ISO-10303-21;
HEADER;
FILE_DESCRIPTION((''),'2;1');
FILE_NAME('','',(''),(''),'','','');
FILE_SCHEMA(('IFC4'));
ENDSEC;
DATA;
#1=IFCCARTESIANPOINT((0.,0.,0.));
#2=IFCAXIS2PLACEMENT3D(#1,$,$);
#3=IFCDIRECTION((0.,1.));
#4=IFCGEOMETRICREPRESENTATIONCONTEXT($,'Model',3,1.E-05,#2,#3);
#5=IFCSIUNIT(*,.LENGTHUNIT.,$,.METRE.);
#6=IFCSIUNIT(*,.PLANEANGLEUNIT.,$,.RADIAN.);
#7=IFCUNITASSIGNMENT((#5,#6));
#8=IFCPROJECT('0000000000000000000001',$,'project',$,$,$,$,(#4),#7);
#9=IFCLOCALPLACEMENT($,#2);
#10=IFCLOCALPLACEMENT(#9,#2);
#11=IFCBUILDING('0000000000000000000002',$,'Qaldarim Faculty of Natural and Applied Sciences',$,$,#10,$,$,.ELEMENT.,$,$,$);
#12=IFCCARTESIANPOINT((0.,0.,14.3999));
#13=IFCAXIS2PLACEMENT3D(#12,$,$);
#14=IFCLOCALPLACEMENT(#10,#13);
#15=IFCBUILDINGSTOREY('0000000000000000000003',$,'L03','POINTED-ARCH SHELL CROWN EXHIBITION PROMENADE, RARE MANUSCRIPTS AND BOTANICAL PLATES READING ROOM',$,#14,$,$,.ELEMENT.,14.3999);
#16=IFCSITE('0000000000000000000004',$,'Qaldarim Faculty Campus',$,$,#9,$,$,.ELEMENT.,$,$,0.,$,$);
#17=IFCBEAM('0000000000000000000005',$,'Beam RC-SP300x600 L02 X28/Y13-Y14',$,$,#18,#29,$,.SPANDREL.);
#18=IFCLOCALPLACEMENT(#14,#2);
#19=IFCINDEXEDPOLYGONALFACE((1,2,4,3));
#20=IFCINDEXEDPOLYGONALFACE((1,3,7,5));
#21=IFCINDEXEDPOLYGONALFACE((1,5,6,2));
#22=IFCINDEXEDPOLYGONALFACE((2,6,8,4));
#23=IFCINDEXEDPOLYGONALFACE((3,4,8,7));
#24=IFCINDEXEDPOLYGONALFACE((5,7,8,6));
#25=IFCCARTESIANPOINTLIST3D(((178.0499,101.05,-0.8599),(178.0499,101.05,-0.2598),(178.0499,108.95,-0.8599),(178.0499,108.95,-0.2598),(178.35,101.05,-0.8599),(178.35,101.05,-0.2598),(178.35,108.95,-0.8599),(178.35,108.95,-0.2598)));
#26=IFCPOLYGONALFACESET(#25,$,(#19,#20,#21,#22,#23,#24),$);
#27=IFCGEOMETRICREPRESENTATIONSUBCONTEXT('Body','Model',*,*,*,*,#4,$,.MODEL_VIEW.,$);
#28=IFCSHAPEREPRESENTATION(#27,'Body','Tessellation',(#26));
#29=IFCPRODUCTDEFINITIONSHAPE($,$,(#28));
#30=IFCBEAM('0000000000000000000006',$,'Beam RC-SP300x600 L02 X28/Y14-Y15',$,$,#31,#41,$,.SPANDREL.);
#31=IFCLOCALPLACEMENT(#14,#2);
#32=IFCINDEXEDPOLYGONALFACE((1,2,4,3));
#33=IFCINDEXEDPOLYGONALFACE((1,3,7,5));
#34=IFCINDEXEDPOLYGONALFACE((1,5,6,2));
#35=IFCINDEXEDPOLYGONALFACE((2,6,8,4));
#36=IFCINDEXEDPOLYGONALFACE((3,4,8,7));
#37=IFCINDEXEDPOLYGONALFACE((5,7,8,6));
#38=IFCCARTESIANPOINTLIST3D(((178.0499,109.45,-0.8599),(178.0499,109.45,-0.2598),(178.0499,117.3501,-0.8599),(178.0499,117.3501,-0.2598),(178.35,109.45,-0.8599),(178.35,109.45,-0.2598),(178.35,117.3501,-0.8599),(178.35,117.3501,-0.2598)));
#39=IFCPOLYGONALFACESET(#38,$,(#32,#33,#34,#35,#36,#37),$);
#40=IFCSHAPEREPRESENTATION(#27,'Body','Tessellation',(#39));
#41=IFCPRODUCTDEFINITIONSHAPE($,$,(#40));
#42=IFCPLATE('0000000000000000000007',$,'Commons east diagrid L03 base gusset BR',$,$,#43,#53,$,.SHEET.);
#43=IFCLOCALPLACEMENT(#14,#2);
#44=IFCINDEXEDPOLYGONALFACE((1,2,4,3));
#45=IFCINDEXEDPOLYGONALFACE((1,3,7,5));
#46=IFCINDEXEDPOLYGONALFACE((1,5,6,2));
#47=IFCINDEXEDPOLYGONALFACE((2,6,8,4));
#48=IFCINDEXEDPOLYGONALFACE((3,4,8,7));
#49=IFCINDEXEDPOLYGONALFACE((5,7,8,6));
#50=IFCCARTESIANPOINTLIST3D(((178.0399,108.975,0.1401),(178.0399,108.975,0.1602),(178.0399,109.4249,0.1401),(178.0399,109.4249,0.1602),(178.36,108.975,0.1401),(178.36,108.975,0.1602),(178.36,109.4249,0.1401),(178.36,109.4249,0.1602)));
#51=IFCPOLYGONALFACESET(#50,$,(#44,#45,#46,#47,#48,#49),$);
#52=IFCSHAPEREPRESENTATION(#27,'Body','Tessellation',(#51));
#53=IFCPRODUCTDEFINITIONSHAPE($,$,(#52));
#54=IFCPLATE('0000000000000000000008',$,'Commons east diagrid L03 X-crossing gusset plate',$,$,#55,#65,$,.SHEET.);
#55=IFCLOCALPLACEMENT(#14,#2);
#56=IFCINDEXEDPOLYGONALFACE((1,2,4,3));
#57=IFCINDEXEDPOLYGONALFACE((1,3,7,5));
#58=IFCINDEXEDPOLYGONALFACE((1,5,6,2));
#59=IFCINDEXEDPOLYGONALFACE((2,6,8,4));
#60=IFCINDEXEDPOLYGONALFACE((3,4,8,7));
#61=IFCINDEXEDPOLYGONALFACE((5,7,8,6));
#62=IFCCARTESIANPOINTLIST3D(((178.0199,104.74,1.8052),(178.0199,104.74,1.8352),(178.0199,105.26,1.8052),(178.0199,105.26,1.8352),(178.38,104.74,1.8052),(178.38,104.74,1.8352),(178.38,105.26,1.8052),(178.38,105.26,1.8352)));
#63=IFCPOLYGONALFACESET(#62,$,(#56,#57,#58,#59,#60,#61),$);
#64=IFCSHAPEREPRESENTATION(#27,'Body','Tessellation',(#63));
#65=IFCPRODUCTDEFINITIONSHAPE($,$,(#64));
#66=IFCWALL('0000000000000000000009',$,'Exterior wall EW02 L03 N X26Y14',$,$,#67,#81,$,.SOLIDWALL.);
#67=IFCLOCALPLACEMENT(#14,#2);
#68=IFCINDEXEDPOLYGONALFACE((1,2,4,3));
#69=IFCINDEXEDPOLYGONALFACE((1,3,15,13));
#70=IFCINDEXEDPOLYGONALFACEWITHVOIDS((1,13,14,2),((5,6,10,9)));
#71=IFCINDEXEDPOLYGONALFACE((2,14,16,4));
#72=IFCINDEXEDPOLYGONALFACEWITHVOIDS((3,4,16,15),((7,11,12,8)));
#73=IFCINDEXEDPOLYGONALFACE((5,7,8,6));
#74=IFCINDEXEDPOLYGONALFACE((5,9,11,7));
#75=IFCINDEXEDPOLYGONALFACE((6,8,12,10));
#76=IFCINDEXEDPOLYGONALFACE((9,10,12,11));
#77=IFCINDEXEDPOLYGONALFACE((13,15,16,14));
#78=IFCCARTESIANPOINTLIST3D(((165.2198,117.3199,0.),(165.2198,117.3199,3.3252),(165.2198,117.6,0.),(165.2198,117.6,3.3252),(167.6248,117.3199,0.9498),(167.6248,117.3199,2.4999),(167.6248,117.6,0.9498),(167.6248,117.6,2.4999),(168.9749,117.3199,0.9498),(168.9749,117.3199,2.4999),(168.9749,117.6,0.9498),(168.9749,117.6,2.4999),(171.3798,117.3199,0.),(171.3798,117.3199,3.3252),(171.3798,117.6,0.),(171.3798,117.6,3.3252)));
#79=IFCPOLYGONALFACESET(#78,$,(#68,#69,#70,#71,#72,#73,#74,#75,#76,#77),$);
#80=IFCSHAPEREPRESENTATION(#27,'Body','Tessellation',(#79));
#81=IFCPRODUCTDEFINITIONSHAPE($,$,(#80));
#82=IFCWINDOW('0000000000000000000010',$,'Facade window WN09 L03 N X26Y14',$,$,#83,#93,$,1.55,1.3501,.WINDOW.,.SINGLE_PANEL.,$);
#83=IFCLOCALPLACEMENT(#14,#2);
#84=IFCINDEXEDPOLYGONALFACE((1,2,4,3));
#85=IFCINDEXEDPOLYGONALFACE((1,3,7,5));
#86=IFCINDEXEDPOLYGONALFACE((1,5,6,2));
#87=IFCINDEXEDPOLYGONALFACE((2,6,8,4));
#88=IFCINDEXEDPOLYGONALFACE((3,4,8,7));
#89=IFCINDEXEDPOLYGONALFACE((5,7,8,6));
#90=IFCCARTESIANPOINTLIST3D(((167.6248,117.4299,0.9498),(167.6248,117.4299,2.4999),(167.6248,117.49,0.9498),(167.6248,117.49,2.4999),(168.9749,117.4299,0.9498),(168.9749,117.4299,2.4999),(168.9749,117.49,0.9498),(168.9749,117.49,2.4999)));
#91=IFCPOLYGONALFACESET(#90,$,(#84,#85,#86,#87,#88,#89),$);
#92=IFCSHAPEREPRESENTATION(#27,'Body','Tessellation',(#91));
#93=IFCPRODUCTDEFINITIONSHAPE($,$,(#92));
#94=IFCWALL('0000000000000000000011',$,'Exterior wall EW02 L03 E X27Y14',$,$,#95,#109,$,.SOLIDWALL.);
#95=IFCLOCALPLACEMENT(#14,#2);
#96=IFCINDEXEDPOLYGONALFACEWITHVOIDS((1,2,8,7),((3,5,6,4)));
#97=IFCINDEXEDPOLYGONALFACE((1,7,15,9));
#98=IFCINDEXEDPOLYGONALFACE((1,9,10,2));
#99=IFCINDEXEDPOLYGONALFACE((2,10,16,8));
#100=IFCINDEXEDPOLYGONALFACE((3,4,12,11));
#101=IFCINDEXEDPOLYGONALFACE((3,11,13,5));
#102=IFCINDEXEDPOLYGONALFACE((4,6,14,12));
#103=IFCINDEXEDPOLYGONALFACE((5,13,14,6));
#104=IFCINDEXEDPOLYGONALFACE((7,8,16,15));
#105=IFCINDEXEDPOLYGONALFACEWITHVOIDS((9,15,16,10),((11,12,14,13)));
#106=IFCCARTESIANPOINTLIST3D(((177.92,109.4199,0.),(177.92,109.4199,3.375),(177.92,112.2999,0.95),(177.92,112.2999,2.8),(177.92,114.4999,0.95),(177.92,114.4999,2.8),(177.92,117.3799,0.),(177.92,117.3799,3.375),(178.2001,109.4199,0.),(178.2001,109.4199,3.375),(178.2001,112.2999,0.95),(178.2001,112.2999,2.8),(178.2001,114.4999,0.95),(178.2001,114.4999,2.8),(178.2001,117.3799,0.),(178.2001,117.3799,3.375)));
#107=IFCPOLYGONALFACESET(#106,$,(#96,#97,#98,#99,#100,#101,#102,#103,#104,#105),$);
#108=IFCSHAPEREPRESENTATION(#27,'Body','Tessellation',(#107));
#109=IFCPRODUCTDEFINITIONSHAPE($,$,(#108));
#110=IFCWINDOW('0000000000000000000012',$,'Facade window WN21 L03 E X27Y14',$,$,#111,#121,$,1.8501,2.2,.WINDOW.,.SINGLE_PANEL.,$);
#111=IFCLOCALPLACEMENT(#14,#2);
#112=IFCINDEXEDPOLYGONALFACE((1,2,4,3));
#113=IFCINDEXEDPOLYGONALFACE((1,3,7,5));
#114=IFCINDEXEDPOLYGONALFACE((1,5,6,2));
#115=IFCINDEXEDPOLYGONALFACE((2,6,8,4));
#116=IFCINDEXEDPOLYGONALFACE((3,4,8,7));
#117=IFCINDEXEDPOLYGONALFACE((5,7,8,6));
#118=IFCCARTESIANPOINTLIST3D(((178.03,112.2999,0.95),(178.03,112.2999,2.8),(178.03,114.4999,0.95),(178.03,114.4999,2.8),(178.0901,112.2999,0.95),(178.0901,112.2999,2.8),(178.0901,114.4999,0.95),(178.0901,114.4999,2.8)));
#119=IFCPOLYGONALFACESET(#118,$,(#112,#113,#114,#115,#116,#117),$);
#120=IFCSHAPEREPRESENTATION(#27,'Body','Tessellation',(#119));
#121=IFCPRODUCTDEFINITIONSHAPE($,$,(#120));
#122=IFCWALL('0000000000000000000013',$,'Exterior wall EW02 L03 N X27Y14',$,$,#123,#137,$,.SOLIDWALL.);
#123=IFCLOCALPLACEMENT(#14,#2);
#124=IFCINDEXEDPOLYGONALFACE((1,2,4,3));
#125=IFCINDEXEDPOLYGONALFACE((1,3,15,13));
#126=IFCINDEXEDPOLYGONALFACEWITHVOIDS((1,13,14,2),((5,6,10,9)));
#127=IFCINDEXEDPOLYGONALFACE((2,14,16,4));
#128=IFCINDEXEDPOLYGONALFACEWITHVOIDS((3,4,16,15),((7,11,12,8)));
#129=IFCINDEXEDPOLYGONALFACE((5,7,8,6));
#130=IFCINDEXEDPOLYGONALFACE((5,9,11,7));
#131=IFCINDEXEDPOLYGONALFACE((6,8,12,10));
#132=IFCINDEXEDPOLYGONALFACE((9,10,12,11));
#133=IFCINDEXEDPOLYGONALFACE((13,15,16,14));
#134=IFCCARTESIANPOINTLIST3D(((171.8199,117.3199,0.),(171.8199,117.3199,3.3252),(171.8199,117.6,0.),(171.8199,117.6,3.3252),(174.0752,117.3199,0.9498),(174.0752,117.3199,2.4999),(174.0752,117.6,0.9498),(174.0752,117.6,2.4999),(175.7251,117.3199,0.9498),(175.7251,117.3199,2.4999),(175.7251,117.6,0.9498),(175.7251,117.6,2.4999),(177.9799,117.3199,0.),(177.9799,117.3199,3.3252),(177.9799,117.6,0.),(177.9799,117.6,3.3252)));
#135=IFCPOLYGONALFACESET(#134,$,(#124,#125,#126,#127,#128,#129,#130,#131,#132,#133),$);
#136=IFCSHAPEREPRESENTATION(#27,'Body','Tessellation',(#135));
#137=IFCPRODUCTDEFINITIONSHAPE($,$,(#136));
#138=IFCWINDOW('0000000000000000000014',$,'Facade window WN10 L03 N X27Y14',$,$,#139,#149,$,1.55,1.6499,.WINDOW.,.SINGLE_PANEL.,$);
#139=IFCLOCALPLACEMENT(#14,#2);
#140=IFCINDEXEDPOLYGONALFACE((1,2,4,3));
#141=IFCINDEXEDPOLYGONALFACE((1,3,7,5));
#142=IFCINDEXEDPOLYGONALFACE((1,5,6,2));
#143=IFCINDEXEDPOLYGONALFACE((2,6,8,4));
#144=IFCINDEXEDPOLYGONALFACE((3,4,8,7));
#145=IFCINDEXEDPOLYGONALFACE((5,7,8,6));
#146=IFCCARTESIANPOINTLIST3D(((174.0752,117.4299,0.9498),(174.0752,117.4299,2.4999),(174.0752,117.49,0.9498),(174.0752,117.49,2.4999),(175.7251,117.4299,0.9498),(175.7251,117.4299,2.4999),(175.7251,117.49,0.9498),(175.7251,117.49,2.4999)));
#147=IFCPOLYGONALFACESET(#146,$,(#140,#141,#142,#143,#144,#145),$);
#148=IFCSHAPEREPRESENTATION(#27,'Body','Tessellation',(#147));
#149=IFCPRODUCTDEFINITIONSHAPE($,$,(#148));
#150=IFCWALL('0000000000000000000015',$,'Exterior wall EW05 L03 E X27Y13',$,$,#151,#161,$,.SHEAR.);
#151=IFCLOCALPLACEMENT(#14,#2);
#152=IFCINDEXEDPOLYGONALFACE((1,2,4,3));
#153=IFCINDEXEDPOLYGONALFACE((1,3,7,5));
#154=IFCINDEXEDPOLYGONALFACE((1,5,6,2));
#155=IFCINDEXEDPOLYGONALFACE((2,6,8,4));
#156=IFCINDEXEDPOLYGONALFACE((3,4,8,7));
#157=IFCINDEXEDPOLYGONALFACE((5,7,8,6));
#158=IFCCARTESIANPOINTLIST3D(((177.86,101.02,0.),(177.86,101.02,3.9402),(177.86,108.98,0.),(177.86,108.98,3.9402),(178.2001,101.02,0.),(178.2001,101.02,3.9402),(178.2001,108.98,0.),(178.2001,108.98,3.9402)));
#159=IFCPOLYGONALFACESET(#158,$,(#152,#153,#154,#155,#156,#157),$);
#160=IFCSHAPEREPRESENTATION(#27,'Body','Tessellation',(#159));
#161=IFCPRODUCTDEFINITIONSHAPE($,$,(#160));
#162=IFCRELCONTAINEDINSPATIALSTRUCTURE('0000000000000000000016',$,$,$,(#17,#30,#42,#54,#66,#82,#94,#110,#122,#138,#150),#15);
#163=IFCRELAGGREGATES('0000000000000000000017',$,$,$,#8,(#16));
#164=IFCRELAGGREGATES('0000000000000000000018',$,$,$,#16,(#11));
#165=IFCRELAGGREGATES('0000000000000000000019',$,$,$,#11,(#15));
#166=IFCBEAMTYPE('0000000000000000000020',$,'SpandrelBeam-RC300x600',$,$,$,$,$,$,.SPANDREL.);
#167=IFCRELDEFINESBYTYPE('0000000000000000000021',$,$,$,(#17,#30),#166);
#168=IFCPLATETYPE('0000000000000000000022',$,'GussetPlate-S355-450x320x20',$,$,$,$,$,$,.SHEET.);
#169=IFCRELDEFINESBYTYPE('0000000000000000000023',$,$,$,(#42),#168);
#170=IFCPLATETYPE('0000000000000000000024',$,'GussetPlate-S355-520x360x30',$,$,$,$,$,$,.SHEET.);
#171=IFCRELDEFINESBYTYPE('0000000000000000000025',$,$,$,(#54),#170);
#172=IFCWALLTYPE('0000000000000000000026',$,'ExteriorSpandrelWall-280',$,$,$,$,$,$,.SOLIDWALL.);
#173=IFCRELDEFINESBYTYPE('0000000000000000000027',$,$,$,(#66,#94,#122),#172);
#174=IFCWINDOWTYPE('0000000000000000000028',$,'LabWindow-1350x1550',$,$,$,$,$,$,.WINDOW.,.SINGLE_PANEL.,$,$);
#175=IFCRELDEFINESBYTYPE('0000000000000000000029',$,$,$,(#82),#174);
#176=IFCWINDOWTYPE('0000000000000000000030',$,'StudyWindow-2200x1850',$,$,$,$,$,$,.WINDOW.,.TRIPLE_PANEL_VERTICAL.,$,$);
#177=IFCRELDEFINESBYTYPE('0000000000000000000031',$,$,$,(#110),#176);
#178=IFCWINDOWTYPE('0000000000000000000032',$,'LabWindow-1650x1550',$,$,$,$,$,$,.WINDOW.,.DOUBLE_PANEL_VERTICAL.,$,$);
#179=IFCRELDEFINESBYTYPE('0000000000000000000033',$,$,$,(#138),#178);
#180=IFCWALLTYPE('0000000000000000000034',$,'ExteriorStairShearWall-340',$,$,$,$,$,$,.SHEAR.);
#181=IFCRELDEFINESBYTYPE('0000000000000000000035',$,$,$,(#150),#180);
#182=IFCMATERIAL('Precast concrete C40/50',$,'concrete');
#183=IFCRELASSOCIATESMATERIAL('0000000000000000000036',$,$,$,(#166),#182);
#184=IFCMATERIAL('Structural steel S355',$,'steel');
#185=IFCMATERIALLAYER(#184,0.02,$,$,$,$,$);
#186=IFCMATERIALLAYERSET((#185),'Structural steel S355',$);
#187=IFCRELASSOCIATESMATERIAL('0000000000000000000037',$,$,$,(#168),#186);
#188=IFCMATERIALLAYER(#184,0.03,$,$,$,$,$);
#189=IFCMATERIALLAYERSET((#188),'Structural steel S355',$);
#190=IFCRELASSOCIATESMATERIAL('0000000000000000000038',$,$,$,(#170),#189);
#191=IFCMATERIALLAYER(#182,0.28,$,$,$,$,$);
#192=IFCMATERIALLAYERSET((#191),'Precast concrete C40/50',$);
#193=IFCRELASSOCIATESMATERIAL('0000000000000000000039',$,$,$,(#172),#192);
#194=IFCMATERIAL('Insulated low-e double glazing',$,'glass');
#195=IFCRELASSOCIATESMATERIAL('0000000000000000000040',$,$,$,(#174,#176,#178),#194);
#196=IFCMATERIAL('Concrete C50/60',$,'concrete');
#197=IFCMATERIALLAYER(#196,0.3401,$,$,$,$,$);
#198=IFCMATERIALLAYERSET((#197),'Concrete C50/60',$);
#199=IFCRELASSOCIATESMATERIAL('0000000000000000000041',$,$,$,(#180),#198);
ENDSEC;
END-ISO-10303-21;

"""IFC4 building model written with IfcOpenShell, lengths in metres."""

from ifc_helpers import new_model, si_unit, direction, frame, frame_2d, origin, origin_2d, place, context, subcontext, project, spatial, rectangle, extrude, material, layer, layer_set, material_profile, profile_set, type_object, element, fill, save


model = new_model("IFC4")

# Units and contexts
model_context = context("Model", 3, precision=1e-05, world=origin(), true_north=direction((0.0, 1.0)))
body_context = subcontext(model_context, "Body", "Model", "MODEL_VIEW")
ifc_project = project(units=[si_unit("LENGTHUNIT", "METRE"), si_unit("PLANEANGLEUNIT", "RADIAN")], contexts=[model_context])

# Site, building, storey
site_placement = place(None, origin())
site = spatial("IfcSite", under=ifc_project, at=site_placement, Name="Qaldarim Faculty Campus", CompositionType="ELEMENT", RefElevation=0.0)
building_placement = place(site_placement, origin())
building = spatial("IfcBuilding", under=site, at=building_placement, Name="Qaldarim Faculty of Natural and Applied Sciences", CompositionType="ELEMENT")
storey_placement = place(building_placement, frame((0.0, 0.0, 14.3999)))
storey = spatial("IfcBuildingStorey", under=building, at=storey_placement, Name="L03", Description="POINTED-ARCH SHELL CROWN EXHIBITION PROMENADE, RARE MANUSCRIPTS AND BOTANICAL PLATES READING ROOM", CompositionType="ELEMENT", Elevation=14.3999)

# Shared definitions
ifc_material_1 = material(Name="Structural steel S355", Category="steel")

# Beams
ifc_material_2 = material(Name="Precast concrete C40/50", Category="concrete")
ifc_material_profile_1 = material_profile(ifc_material_2, rectangle(XDim=0.3, YDim=0.6001, at=origin_2d()), Name="RC-SP300x600")
ifc_profile_set_1 = profile_set([ifc_material_profile_1], Name="Precast concrete C40/50")
beam_type_1 = type_object("IfcBeamType", Name="SpandrelBeam-RC300x600", PredefinedType="SPANDREL", material=ifc_profile_set_1)
beam_1_placement = place(storey_placement, frame((178.2, 101.05, -0.5598), z_axis=(0.0, 1.0, 0.0), x_axis=(-1.0, 0.0, 0.0)))
element("IfcBeam", 1, at=beam_1_placement, inside=storey, type_object=beam_type_1, Name="Beam RC-SP300x600 L02 X28/Y13-Y14", PredefinedType="SPANDREL", context=body_context, shape_type="SweptSolid", body=[
    extrude(rectangle(XDim=0.3, YDim=0.6001, at=origin_2d()), origin(), (0.0, 0.0, 1.0), 7.8999),
])
beam_2_placement = place(storey_placement, frame((178.2, 109.45, -0.5598), z_axis=(0.0, 1.0, 0.0), x_axis=(-1.0, 0.0, 0.0)))
element("IfcBeam", 2, at=beam_2_placement, inside=storey, type_object=beam_type_1, Name="Beam RC-SP300x600 L02 X28/Y14-Y15", PredefinedType="SPANDREL", context=body_context, shape_type="SweptSolid", body=[
    extrude(rectangle(XDim=0.3, YDim=0.6001, at=origin_2d()), origin(), (0.0, 0.0, 1.0), 7.9001),
])

# Plates
ifc_layer_1 = layer(ifc_material_1, 0.02)
ifc_layer_set_1 = layer_set([ifc_layer_1], Name="Structural steel S355")
plate_type_1 = type_object("IfcPlateType", Name="GussetPlate-S355-450x320x20", PredefinedType="SHEET", material=ifc_layer_set_1)
plate_1_placement = place(storey_placement, frame((178.2, 109.2, 0.1401), z_axis=(0.0, 0.0, 1.0), x_axis=(0.0, 1.0, 0.0)))
element("IfcPlate", 3, at=plate_1_placement, inside=storey, type_object=plate_type_1, Name="Commons east diagrid L03 base gusset BR", PredefinedType="SHEET", context=body_context, shape_type="SweptSolid", body=[
    extrude(rectangle(XDim=0.45, YDim=0.3201, at=origin_2d()), origin(), (0.0, 0.0, 1.0), 0.02),
])
ifc_layer_2 = layer(ifc_material_1, 0.03)
ifc_layer_set_2 = layer_set([ifc_layer_2], Name="Structural steel S355")
plate_type_2 = type_object("IfcPlateType", Name="GussetPlate-S355-520x360x30", PredefinedType="SHEET", material=ifc_layer_set_2)
plate_2_placement = place(storey_placement, frame((178.2, 105.0, 1.8052), z_axis=(0.0, 0.0, 1.0), x_axis=(0.0, 1.0, 0.0)))
element("IfcPlate", 4, at=plate_2_placement, inside=storey, type_object=plate_type_2, Name="Commons east diagrid L03 X-crossing gusset plate", PredefinedType="SHEET", context=body_context, shape_type="SweptSolid", body=[
    extrude(rectangle(XDim=0.52, YDim=0.3601, at=origin_2d()), origin(), (0.0, 0.0, 1.0), 0.03),
])

# Walls, openings, windows
ifc_layer_3 = layer(ifc_material_2, 0.28)
ifc_layer_set_3 = layer_set([ifc_layer_3], Name="Precast concrete C40/50")
wall_type_1 = type_object("IfcWallType", Name="ExteriorSpandrelWall-280", PredefinedType="SOLIDWALL", material=ifc_layer_set_3)
wall_1_placement = place(storey_placement, frame((171.3799, 117.46, 0.0), z_axis=(0.0, 0.0, 1.0), x_axis=(-1.0, 0.0, 0.0)))
wall_1 = element("IfcWall", 5, at=wall_1_placement, inside=storey, type_object=wall_type_1, Name="Exterior wall EW02 L03 N X26Y14", PredefinedType="SOLIDWALL", context=body_context, shape_type="SweptSolid", body=[
    extrude(rectangle(XDim=6.1599, YDim=0.28, at=frame_2d((3.0801, 0.0))), origin(), (0.0, 0.0, 1.0), 3.3252),
])
opening_1_placement = place(wall_1_placement, frame((2.405, 0.0, 0.95)))
opening_1 = element("IfcOpeningElement", 6, at=opening_1_placement, cuts=wall_1, PredefinedType="OPENING", context=body_context, shape_type="SweptSolid", body=[
    extrude(rectangle(XDim=1.3501, YDim=1.55, at=frame_2d((0.675, 0.7749))), frame((0.0, 0.1499, 0.0), z_axis=(0.0, -1.0, 0.0), x_axis=(1.0, 0.0, 0.0)), (0.0, 0.0, 1.0), 0.3),
])
ifc_material_3 = material(Name="Insulated low-e double glazing", Category="glass")
window_type_1 = type_object("IfcWindowType", Name="LabWindow-1350x1550", PartitioningType="SINGLE_PANEL", PredefinedType="WINDOW", material=ifc_material_3)
window_1_placement = place(opening_1_placement, origin())
window_1 = element("IfcWindow", 7, at=window_1_placement, inside=storey, type_object=window_type_1, Name="Facade window WN09 L03 N X26Y14", OverallHeight=1.55, OverallWidth=1.3501, PartitioningType="SINGLE_PANEL", PredefinedType="WINDOW", context=body_context, shape_type="SweptSolid", body=[
    extrude(rectangle(XDim=1.3501, YDim=1.55, at=frame_2d((0.675, 0.7749))), frame((0.0, 0.03, 0.0), z_axis=(0.0, -1.0, 0.0), x_axis=(1.0, 0.0, 0.0)), (0.0, 0.0, 1.0), 0.0601),
])
fill(opening_1, window_1)
wall_2_placement = place(storey_placement, frame((178.0601, 109.4199, 0.0), z_axis=(0.0, 0.0, 1.0), x_axis=(0.0, 1.0, 0.0)))
wall_2 = element("IfcWall", 8, at=wall_2_placement, inside=storey, type_object=wall_type_1, Name="Exterior wall EW02 L03 E X27Y14", PredefinedType="SOLIDWALL", context=body_context, shape_type="SweptSolid", body=[
    extrude(rectangle(XDim=7.96, YDim=0.28, at=frame_2d((3.98, 0.0))), origin(), (0.0, 0.0, 1.0), 3.375),
])
opening_2_placement = place(wall_2_placement, frame((2.8799, 0.0, 0.95)))
opening_2 = element("IfcOpeningElement", 9, at=opening_2_placement, cuts=wall_2, PredefinedType="OPENING", context=body_context, shape_type="SweptSolid", body=[
    extrude(rectangle(XDim=2.2, YDim=1.8501, at=frame_2d((1.1001, 0.925))), frame((0.0, 0.1499, 0.0), z_axis=(0.0, -1.0, 0.0), x_axis=(1.0, 0.0, 0.0)), (0.0, 0.0, 1.0), 0.3),
])
window_type_2 = type_object("IfcWindowType", Name="StudyWindow-2200x1850", PartitioningType="TRIPLE_PANEL_VERTICAL", PredefinedType="WINDOW", material=ifc_material_3)
window_2_placement = place(opening_2_placement, origin())
window_2 = element("IfcWindow", 10, at=window_2_placement, inside=storey, type_object=window_type_2, Name="Facade window WN21 L03 E X27Y14", OverallHeight=1.8501, OverallWidth=2.2, PartitioningType="SINGLE_PANEL", PredefinedType="WINDOW", context=body_context, shape_type="SweptSolid", body=[
    extrude(rectangle(XDim=2.2, YDim=1.8501, at=frame_2d((1.1001, 0.925))), frame((0.0, 0.03, 0.0), z_axis=(0.0, -1.0, 0.0), x_axis=(1.0, 0.0, 0.0)), (0.0, 0.0, 1.0), 0.0601),
])
fill(opening_2, window_2)
wall_3_placement = place(storey_placement, frame((177.98, 117.46, 0.0), z_axis=(0.0, 0.0, 1.0), x_axis=(-1.0, 0.0, 0.0)))
wall_3 = element("IfcWall", 11, at=wall_3_placement, inside=storey, type_object=wall_type_1, Name="Exterior wall EW02 L03 N X27Y14", PredefinedType="SOLIDWALL", context=body_context, shape_type="SweptSolid", body=[
    extrude(rectangle(XDim=6.1599, YDim=0.28, at=frame_2d((3.0801, 0.0))), origin(), (0.0, 0.0, 1.0), 3.3252),
])
opening_3_placement = place(wall_3_placement, frame((2.2549, 0.0, 0.95)))
opening_3 = element("IfcOpeningElement", 12, at=opening_3_placement, cuts=wall_3, PredefinedType="OPENING", context=body_context, shape_type="SweptSolid", body=[
    extrude(rectangle(XDim=1.6499, YDim=1.55, at=frame_2d((0.825, 0.7749))), frame((0.0, 0.1499, 0.0), z_axis=(0.0, -1.0, 0.0), x_axis=(1.0, 0.0, 0.0)), (0.0, 0.0, 1.0), 0.3),
])
window_type_3 = type_object("IfcWindowType", Name="LabWindow-1650x1550", PartitioningType="DOUBLE_PANEL_VERTICAL", PredefinedType="WINDOW", material=ifc_material_3)
window_3_placement = place(opening_3_placement, origin())
window_3 = element("IfcWindow", 13, at=window_3_placement, inside=storey, type_object=window_type_3, Name="Facade window WN10 L03 N X27Y14", OverallHeight=1.55, OverallWidth=1.6499, PartitioningType="SINGLE_PANEL", PredefinedType="WINDOW", context=body_context, shape_type="SweptSolid", body=[
    extrude(rectangle(XDim=1.6499, YDim=1.55, at=frame_2d((0.825, 0.7749))), frame((0.0, 0.03, 0.0), z_axis=(0.0, -1.0, 0.0), x_axis=(1.0, 0.0, 0.0)), (0.0, 0.0, 1.0), 0.0601),
])
fill(opening_3, window_3)

# Wall
ifc_material_4 = material(Name="Concrete C50/60", Category="concrete")
ifc_layer_4 = layer(ifc_material_4, 0.3401)
ifc_layer_set_4 = layer_set([ifc_layer_4], Name="Concrete C50/60")
wall_type_2 = type_object("IfcWallType", Name="ExteriorStairShearWall-340", PredefinedType="SHEAR", material=ifc_layer_set_4)
wall_4_placement = place(storey_placement, frame((178.03, 101.02, 0.0), z_axis=(0.0, 0.0, 1.0), x_axis=(0.0, 1.0, 0.0)))
element("IfcWall", 14, at=wall_4_placement, inside=storey, type_object=wall_type_2, Name="Exterior wall EW05 L03 E X27Y13", PredefinedType="SHEAR", context=body_context, shape_type="SweptSolid", body=[
    extrude(rectangle(XDim=7.96, YDim=0.3401, at=frame_2d((3.98, 0.0))), origin(), (0.0, 0.0, 1.0), 3.9402),
])

save(model, "model.ifc")
